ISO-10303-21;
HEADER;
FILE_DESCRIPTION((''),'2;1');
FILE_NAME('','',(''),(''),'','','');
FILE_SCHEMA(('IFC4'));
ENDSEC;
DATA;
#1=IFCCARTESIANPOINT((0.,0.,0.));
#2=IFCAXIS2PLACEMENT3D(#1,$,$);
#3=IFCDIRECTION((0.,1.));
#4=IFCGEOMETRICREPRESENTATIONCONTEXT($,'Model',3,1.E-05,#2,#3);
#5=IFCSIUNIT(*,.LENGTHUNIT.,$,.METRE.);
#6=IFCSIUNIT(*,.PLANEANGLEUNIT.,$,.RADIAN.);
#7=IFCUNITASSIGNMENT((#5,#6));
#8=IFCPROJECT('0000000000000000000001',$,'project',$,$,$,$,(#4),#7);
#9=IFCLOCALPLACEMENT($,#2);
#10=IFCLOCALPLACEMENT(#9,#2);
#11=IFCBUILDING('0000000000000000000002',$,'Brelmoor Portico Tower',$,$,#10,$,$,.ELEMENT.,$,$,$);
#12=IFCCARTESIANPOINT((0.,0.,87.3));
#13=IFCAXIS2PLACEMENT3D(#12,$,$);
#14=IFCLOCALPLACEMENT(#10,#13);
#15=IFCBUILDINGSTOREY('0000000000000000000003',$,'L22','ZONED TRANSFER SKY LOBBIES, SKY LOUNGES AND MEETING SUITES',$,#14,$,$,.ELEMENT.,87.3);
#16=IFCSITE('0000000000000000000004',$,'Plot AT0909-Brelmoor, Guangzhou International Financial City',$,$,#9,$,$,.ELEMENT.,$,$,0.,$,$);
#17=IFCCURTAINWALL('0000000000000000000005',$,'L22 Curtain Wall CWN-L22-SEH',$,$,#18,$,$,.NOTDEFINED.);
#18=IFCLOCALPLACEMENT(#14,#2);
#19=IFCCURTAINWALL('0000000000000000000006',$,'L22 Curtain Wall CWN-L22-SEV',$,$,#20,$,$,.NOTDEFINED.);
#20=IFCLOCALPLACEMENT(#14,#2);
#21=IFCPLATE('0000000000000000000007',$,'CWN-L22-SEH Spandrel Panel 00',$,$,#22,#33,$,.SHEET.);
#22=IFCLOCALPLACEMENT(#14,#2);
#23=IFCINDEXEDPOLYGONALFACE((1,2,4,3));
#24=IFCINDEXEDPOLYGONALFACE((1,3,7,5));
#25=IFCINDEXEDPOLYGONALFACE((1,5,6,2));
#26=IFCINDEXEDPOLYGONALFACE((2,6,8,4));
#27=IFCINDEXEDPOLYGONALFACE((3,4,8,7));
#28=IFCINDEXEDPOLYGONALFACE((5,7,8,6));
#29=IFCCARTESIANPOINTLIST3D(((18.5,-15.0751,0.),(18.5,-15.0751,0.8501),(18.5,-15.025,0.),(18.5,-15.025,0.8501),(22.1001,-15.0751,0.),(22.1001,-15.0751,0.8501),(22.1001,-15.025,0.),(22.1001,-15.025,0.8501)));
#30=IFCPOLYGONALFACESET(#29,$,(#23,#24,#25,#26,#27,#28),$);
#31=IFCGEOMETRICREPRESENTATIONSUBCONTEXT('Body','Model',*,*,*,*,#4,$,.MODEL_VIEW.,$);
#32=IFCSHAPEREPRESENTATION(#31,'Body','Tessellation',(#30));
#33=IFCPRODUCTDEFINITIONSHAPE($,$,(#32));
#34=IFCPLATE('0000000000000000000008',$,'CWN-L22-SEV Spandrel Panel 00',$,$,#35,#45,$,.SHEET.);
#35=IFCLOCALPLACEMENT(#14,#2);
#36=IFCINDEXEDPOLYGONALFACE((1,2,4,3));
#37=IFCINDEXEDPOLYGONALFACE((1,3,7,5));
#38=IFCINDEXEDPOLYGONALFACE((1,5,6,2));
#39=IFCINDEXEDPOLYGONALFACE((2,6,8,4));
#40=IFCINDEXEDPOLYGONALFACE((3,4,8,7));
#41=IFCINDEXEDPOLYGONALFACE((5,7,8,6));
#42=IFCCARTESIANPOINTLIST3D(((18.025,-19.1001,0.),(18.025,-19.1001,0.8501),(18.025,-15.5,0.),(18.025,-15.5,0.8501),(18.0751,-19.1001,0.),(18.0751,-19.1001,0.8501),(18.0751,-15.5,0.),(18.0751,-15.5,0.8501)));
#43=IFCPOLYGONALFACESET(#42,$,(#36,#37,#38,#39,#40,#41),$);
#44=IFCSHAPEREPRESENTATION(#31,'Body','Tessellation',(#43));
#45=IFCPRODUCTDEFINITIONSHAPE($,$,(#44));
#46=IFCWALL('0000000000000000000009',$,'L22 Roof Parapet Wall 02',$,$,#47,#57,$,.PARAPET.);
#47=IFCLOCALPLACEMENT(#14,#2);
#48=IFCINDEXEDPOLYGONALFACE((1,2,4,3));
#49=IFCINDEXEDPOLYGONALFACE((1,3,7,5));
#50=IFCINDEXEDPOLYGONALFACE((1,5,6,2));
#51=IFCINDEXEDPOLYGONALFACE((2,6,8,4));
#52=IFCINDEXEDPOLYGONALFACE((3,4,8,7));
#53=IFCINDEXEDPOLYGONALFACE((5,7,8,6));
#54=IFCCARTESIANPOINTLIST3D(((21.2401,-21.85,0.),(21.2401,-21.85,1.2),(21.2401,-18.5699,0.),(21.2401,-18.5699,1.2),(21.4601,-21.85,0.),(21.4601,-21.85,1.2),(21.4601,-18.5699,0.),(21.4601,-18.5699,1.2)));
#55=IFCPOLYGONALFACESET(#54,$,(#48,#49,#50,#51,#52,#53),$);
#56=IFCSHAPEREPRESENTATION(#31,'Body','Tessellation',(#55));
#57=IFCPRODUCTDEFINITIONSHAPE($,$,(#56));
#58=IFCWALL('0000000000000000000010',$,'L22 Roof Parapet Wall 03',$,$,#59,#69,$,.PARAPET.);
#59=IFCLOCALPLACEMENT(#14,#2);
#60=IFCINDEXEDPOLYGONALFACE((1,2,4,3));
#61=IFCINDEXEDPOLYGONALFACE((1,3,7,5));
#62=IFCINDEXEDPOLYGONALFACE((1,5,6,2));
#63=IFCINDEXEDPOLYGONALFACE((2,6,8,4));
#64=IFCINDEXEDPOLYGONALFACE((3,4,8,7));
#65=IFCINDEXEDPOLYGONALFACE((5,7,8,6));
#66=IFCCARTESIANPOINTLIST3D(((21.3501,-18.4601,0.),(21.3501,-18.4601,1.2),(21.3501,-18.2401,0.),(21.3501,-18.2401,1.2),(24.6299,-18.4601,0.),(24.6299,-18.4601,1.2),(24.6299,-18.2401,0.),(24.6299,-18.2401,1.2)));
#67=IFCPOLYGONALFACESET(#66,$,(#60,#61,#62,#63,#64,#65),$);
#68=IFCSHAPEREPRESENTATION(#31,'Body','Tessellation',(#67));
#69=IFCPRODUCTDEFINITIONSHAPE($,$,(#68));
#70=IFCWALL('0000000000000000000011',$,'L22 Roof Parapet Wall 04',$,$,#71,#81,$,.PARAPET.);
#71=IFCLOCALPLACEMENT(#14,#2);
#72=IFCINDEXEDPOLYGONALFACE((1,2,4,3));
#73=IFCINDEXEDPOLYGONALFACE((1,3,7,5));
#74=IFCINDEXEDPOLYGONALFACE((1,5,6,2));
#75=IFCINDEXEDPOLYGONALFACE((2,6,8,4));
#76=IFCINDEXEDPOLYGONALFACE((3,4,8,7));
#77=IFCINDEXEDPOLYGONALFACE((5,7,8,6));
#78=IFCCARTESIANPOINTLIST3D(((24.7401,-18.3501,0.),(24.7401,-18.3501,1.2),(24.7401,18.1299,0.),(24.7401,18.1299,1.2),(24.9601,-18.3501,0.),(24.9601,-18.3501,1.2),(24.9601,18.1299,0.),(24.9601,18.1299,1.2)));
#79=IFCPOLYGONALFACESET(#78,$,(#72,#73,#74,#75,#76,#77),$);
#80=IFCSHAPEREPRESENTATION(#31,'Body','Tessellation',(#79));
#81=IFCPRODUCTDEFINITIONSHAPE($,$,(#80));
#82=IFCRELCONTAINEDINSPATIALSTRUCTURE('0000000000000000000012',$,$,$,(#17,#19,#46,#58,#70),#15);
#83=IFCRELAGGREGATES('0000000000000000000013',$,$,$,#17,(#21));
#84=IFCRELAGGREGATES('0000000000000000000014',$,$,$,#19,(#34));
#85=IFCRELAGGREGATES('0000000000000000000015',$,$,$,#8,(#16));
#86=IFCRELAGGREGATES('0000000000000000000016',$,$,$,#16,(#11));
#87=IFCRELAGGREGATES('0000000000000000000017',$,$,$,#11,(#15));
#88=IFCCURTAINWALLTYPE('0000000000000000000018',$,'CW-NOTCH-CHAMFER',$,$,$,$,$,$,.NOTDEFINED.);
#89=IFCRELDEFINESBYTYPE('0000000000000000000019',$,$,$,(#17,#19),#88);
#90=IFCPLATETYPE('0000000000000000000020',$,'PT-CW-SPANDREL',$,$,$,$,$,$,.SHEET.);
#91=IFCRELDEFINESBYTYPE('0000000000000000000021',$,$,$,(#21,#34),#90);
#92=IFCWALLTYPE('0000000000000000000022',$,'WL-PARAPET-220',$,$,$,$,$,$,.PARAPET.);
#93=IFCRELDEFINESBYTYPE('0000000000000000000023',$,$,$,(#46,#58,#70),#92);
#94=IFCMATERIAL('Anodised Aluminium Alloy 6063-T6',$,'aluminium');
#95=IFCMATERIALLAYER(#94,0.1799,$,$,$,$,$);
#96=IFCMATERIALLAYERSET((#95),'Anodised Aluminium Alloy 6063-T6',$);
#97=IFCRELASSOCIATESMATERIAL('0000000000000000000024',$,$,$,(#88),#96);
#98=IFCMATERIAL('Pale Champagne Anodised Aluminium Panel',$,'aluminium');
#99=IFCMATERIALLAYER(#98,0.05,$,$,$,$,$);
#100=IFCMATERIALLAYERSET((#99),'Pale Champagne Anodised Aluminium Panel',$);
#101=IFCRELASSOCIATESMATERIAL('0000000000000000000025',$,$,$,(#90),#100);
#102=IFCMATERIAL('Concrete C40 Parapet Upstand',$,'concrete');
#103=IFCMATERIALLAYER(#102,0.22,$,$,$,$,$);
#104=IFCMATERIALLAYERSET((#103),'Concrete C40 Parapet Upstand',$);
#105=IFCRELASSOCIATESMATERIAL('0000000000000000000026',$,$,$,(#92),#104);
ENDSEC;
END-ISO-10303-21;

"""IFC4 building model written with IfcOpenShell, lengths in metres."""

from ifc_helpers import new_model, si_unit, direction, frame, frame_2d, origin, origin_2d, place, context, subcontext, project, spatial, rectangle, extrude, material, layer, layer_set, type_object, element, aggregate, save


model = new_model("IFC4")

# Units and contexts
model_context = context("Model", 3, precision=1e-05, world=origin(), true_north=direction((0.0, 1.0)))
body_context = subcontext(model_context, "Body", "Model", "MODEL_VIEW")
ifc_project = project(units=[si_unit("LENGTHUNIT", "METRE"), si_unit("PLANEANGLEUNIT", "RADIAN")], contexts=[model_context])

# Site, building, storey
site_placement = place(None, origin())
site = spatial("IfcSite", under=ifc_project, at=site_placement, Name="Plot AT0909-Brelmoor, Guangzhou International Financial City", CompositionType="ELEMENT", RefElevation=0.0)
building_placement = place(site_placement, origin())
building = spatial("IfcBuilding", under=site, at=building_placement, Name="Brelmoor Portico Tower", CompositionType="ELEMENT")
storey_placement = place(building_placement, frame((0.0, 0.0, 87.3)))
storey = spatial("IfcBuildingStorey", under=building, at=storey_placement, Name="L22", Description="ZONED TRANSFER SKY LOBBIES, SKY LOUNGES AND MEETING SUITES", CompositionType="ELEMENT", Elevation=87.3)

# Curtain walls
ifc_material_1 = material(Name="Anodised Aluminium Alloy 6063-T6", Category="aluminium")
ifc_layer_1 = layer(ifc_material_1, 0.1799)
ifc_layer_set_1 = layer_set([ifc_layer_1], Name="Anodised Aluminium Alloy 6063-T6")
curtain_wall_type_1 = type_object("IfcCurtainWallType", Name="CW-NOTCH-CHAMFER", PredefinedType="NOTDEFINED", material=ifc_layer_set_1)
curtain_wall_1_placement = place(storey_placement, origin())
curtain_wall_1 = element("IfcCurtainWall", 1, at=curtain_wall_1_placement, inside=storey, type_object=curtain_wall_type_1, Name="L22 Curtain Wall CWN-L22-SEH", PredefinedType="NOTDEFINED")
curtain_wall_2_placement = place(storey_placement, origin())
curtain_wall_2 = element("IfcCurtainWall", 2, at=curtain_wall_2_placement, inside=storey, type_object=curtain_wall_type_1, Name="L22 Curtain Wall CWN-L22-SEV", PredefinedType="NOTDEFINED")

# Plates
ifc_material_2 = material(Name="Pale Champagne Anodised Aluminium Panel", Category="aluminium")
ifc_layer_2 = layer(ifc_material_2, 0.05)
ifc_layer_set_2 = layer_set([ifc_layer_2], Name="Pale Champagne Anodised Aluminium Panel")
plate_type_1 = type_object("IfcPlateType", Name="PT-CW-SPANDREL", PredefinedType="SHEET", material=ifc_layer_set_2)
plate_1_placement = place(storey_placement, frame((20.3, -15.05, 0.0), z_axis=(0.0, 0.0, 1.0), x_axis=(1.0, 0.0, 0.0)))
plate_1 = element("IfcPlate", 3, at=plate_1_placement, type_object=plate_type_1, Name="CWN-L22-SEH Spandrel Panel 00", PredefinedType="SHEET", context=body_context, shape_type="SweptSolid", body=[
    extrude(rectangle(XDim=3.6001, YDim=0.05, at=origin_2d()), origin(), (0.0, 0.0, 1.0), 0.8501),
])
aggregate(curtain_wall_1, [plate_1])
plate_2_placement = place(storey_placement, frame((18.05, -17.3, 0.0), z_axis=(0.0, 0.0, 1.0), x_axis=(0.0, 1.0, 0.0)))
plate_2 = element("IfcPlate", 4, at=plate_2_placement, type_object=plate_type_1, Name="CWN-L22-SEV Spandrel Panel 00", PredefinedType="SHEET", context=body_context, shape_type="SweptSolid", body=[
    extrude(rectangle(XDim=3.6001, YDim=0.05, at=origin_2d()), origin(), (0.0, 0.0, 1.0), 0.8501),
])
aggregate(curtain_wall_2, [plate_2])

# Walls
ifc_material_3 = material(Name="Concrete C40 Parapet Upstand", Category="concrete")
ifc_layer_3 = layer(ifc_material_3, 0.22)
ifc_layer_set_3 = layer_set([ifc_layer_3], Name="Concrete C40 Parapet Upstand")
wall_type = type_object("IfcWallType", Name="WL-PARAPET-220", PredefinedType="PARAPET", material=ifc_layer_set_3)
wall_1_placement = place(storey_placement, frame((21.3501, -21.8501, 0.0), z_axis=(0.0, 0.0, 1.0), x_axis=(0.0, 1.0, 0.0)))
element("IfcWall", 5, at=wall_1_placement, inside=storey, type_object=wall_type, Name="L22 Roof Parapet Wall 02", PredefinedType="PARAPET", context=body_context, shape_type="SweptSolid", body=[
    extrude(rectangle(XDim=3.28, YDim=0.22, at=frame_2d((1.6401, 0.0))), origin(), (0.0, 0.0, 1.0), 1.2),
])
wall_2_placement = place(storey_placement, frame((21.3501, -18.3501, 0.0), z_axis=(0.0, 0.0, 1.0), x_axis=(1.0, 0.0, 0.0)))
element("IfcWall", 6, at=wall_2_placement, inside=storey, type_object=wall_type, Name="L22 Roof Parapet Wall 03", PredefinedType="PARAPET", context=body_context, shape_type="SweptSolid", body=[
    extrude(rectangle(XDim=3.2798, YDim=0.22, at=frame_2d((1.6399, 0.0))), origin(), (0.0, 0.0, 1.0), 1.2),
])
wall_3_placement = place(storey_placement, frame((24.8501, -18.3501, 0.0), z_axis=(0.0, 0.0, 1.0), x_axis=(0.0, 1.0, 0.0)))
element("IfcWall", 7, at=wall_3_placement, inside=storey, type_object=wall_type, Name="L22 Roof Parapet Wall 04", PredefinedType="PARAPET", context=body_context, shape_type="SweptSolid", body=[
    extrude(rectangle(XDim=36.48, YDim=0.22, at=frame_2d((18.24, 0.0))), origin(), (0.0, 0.0, 1.0), 1.2),
])

save(model, "model.ifc")
